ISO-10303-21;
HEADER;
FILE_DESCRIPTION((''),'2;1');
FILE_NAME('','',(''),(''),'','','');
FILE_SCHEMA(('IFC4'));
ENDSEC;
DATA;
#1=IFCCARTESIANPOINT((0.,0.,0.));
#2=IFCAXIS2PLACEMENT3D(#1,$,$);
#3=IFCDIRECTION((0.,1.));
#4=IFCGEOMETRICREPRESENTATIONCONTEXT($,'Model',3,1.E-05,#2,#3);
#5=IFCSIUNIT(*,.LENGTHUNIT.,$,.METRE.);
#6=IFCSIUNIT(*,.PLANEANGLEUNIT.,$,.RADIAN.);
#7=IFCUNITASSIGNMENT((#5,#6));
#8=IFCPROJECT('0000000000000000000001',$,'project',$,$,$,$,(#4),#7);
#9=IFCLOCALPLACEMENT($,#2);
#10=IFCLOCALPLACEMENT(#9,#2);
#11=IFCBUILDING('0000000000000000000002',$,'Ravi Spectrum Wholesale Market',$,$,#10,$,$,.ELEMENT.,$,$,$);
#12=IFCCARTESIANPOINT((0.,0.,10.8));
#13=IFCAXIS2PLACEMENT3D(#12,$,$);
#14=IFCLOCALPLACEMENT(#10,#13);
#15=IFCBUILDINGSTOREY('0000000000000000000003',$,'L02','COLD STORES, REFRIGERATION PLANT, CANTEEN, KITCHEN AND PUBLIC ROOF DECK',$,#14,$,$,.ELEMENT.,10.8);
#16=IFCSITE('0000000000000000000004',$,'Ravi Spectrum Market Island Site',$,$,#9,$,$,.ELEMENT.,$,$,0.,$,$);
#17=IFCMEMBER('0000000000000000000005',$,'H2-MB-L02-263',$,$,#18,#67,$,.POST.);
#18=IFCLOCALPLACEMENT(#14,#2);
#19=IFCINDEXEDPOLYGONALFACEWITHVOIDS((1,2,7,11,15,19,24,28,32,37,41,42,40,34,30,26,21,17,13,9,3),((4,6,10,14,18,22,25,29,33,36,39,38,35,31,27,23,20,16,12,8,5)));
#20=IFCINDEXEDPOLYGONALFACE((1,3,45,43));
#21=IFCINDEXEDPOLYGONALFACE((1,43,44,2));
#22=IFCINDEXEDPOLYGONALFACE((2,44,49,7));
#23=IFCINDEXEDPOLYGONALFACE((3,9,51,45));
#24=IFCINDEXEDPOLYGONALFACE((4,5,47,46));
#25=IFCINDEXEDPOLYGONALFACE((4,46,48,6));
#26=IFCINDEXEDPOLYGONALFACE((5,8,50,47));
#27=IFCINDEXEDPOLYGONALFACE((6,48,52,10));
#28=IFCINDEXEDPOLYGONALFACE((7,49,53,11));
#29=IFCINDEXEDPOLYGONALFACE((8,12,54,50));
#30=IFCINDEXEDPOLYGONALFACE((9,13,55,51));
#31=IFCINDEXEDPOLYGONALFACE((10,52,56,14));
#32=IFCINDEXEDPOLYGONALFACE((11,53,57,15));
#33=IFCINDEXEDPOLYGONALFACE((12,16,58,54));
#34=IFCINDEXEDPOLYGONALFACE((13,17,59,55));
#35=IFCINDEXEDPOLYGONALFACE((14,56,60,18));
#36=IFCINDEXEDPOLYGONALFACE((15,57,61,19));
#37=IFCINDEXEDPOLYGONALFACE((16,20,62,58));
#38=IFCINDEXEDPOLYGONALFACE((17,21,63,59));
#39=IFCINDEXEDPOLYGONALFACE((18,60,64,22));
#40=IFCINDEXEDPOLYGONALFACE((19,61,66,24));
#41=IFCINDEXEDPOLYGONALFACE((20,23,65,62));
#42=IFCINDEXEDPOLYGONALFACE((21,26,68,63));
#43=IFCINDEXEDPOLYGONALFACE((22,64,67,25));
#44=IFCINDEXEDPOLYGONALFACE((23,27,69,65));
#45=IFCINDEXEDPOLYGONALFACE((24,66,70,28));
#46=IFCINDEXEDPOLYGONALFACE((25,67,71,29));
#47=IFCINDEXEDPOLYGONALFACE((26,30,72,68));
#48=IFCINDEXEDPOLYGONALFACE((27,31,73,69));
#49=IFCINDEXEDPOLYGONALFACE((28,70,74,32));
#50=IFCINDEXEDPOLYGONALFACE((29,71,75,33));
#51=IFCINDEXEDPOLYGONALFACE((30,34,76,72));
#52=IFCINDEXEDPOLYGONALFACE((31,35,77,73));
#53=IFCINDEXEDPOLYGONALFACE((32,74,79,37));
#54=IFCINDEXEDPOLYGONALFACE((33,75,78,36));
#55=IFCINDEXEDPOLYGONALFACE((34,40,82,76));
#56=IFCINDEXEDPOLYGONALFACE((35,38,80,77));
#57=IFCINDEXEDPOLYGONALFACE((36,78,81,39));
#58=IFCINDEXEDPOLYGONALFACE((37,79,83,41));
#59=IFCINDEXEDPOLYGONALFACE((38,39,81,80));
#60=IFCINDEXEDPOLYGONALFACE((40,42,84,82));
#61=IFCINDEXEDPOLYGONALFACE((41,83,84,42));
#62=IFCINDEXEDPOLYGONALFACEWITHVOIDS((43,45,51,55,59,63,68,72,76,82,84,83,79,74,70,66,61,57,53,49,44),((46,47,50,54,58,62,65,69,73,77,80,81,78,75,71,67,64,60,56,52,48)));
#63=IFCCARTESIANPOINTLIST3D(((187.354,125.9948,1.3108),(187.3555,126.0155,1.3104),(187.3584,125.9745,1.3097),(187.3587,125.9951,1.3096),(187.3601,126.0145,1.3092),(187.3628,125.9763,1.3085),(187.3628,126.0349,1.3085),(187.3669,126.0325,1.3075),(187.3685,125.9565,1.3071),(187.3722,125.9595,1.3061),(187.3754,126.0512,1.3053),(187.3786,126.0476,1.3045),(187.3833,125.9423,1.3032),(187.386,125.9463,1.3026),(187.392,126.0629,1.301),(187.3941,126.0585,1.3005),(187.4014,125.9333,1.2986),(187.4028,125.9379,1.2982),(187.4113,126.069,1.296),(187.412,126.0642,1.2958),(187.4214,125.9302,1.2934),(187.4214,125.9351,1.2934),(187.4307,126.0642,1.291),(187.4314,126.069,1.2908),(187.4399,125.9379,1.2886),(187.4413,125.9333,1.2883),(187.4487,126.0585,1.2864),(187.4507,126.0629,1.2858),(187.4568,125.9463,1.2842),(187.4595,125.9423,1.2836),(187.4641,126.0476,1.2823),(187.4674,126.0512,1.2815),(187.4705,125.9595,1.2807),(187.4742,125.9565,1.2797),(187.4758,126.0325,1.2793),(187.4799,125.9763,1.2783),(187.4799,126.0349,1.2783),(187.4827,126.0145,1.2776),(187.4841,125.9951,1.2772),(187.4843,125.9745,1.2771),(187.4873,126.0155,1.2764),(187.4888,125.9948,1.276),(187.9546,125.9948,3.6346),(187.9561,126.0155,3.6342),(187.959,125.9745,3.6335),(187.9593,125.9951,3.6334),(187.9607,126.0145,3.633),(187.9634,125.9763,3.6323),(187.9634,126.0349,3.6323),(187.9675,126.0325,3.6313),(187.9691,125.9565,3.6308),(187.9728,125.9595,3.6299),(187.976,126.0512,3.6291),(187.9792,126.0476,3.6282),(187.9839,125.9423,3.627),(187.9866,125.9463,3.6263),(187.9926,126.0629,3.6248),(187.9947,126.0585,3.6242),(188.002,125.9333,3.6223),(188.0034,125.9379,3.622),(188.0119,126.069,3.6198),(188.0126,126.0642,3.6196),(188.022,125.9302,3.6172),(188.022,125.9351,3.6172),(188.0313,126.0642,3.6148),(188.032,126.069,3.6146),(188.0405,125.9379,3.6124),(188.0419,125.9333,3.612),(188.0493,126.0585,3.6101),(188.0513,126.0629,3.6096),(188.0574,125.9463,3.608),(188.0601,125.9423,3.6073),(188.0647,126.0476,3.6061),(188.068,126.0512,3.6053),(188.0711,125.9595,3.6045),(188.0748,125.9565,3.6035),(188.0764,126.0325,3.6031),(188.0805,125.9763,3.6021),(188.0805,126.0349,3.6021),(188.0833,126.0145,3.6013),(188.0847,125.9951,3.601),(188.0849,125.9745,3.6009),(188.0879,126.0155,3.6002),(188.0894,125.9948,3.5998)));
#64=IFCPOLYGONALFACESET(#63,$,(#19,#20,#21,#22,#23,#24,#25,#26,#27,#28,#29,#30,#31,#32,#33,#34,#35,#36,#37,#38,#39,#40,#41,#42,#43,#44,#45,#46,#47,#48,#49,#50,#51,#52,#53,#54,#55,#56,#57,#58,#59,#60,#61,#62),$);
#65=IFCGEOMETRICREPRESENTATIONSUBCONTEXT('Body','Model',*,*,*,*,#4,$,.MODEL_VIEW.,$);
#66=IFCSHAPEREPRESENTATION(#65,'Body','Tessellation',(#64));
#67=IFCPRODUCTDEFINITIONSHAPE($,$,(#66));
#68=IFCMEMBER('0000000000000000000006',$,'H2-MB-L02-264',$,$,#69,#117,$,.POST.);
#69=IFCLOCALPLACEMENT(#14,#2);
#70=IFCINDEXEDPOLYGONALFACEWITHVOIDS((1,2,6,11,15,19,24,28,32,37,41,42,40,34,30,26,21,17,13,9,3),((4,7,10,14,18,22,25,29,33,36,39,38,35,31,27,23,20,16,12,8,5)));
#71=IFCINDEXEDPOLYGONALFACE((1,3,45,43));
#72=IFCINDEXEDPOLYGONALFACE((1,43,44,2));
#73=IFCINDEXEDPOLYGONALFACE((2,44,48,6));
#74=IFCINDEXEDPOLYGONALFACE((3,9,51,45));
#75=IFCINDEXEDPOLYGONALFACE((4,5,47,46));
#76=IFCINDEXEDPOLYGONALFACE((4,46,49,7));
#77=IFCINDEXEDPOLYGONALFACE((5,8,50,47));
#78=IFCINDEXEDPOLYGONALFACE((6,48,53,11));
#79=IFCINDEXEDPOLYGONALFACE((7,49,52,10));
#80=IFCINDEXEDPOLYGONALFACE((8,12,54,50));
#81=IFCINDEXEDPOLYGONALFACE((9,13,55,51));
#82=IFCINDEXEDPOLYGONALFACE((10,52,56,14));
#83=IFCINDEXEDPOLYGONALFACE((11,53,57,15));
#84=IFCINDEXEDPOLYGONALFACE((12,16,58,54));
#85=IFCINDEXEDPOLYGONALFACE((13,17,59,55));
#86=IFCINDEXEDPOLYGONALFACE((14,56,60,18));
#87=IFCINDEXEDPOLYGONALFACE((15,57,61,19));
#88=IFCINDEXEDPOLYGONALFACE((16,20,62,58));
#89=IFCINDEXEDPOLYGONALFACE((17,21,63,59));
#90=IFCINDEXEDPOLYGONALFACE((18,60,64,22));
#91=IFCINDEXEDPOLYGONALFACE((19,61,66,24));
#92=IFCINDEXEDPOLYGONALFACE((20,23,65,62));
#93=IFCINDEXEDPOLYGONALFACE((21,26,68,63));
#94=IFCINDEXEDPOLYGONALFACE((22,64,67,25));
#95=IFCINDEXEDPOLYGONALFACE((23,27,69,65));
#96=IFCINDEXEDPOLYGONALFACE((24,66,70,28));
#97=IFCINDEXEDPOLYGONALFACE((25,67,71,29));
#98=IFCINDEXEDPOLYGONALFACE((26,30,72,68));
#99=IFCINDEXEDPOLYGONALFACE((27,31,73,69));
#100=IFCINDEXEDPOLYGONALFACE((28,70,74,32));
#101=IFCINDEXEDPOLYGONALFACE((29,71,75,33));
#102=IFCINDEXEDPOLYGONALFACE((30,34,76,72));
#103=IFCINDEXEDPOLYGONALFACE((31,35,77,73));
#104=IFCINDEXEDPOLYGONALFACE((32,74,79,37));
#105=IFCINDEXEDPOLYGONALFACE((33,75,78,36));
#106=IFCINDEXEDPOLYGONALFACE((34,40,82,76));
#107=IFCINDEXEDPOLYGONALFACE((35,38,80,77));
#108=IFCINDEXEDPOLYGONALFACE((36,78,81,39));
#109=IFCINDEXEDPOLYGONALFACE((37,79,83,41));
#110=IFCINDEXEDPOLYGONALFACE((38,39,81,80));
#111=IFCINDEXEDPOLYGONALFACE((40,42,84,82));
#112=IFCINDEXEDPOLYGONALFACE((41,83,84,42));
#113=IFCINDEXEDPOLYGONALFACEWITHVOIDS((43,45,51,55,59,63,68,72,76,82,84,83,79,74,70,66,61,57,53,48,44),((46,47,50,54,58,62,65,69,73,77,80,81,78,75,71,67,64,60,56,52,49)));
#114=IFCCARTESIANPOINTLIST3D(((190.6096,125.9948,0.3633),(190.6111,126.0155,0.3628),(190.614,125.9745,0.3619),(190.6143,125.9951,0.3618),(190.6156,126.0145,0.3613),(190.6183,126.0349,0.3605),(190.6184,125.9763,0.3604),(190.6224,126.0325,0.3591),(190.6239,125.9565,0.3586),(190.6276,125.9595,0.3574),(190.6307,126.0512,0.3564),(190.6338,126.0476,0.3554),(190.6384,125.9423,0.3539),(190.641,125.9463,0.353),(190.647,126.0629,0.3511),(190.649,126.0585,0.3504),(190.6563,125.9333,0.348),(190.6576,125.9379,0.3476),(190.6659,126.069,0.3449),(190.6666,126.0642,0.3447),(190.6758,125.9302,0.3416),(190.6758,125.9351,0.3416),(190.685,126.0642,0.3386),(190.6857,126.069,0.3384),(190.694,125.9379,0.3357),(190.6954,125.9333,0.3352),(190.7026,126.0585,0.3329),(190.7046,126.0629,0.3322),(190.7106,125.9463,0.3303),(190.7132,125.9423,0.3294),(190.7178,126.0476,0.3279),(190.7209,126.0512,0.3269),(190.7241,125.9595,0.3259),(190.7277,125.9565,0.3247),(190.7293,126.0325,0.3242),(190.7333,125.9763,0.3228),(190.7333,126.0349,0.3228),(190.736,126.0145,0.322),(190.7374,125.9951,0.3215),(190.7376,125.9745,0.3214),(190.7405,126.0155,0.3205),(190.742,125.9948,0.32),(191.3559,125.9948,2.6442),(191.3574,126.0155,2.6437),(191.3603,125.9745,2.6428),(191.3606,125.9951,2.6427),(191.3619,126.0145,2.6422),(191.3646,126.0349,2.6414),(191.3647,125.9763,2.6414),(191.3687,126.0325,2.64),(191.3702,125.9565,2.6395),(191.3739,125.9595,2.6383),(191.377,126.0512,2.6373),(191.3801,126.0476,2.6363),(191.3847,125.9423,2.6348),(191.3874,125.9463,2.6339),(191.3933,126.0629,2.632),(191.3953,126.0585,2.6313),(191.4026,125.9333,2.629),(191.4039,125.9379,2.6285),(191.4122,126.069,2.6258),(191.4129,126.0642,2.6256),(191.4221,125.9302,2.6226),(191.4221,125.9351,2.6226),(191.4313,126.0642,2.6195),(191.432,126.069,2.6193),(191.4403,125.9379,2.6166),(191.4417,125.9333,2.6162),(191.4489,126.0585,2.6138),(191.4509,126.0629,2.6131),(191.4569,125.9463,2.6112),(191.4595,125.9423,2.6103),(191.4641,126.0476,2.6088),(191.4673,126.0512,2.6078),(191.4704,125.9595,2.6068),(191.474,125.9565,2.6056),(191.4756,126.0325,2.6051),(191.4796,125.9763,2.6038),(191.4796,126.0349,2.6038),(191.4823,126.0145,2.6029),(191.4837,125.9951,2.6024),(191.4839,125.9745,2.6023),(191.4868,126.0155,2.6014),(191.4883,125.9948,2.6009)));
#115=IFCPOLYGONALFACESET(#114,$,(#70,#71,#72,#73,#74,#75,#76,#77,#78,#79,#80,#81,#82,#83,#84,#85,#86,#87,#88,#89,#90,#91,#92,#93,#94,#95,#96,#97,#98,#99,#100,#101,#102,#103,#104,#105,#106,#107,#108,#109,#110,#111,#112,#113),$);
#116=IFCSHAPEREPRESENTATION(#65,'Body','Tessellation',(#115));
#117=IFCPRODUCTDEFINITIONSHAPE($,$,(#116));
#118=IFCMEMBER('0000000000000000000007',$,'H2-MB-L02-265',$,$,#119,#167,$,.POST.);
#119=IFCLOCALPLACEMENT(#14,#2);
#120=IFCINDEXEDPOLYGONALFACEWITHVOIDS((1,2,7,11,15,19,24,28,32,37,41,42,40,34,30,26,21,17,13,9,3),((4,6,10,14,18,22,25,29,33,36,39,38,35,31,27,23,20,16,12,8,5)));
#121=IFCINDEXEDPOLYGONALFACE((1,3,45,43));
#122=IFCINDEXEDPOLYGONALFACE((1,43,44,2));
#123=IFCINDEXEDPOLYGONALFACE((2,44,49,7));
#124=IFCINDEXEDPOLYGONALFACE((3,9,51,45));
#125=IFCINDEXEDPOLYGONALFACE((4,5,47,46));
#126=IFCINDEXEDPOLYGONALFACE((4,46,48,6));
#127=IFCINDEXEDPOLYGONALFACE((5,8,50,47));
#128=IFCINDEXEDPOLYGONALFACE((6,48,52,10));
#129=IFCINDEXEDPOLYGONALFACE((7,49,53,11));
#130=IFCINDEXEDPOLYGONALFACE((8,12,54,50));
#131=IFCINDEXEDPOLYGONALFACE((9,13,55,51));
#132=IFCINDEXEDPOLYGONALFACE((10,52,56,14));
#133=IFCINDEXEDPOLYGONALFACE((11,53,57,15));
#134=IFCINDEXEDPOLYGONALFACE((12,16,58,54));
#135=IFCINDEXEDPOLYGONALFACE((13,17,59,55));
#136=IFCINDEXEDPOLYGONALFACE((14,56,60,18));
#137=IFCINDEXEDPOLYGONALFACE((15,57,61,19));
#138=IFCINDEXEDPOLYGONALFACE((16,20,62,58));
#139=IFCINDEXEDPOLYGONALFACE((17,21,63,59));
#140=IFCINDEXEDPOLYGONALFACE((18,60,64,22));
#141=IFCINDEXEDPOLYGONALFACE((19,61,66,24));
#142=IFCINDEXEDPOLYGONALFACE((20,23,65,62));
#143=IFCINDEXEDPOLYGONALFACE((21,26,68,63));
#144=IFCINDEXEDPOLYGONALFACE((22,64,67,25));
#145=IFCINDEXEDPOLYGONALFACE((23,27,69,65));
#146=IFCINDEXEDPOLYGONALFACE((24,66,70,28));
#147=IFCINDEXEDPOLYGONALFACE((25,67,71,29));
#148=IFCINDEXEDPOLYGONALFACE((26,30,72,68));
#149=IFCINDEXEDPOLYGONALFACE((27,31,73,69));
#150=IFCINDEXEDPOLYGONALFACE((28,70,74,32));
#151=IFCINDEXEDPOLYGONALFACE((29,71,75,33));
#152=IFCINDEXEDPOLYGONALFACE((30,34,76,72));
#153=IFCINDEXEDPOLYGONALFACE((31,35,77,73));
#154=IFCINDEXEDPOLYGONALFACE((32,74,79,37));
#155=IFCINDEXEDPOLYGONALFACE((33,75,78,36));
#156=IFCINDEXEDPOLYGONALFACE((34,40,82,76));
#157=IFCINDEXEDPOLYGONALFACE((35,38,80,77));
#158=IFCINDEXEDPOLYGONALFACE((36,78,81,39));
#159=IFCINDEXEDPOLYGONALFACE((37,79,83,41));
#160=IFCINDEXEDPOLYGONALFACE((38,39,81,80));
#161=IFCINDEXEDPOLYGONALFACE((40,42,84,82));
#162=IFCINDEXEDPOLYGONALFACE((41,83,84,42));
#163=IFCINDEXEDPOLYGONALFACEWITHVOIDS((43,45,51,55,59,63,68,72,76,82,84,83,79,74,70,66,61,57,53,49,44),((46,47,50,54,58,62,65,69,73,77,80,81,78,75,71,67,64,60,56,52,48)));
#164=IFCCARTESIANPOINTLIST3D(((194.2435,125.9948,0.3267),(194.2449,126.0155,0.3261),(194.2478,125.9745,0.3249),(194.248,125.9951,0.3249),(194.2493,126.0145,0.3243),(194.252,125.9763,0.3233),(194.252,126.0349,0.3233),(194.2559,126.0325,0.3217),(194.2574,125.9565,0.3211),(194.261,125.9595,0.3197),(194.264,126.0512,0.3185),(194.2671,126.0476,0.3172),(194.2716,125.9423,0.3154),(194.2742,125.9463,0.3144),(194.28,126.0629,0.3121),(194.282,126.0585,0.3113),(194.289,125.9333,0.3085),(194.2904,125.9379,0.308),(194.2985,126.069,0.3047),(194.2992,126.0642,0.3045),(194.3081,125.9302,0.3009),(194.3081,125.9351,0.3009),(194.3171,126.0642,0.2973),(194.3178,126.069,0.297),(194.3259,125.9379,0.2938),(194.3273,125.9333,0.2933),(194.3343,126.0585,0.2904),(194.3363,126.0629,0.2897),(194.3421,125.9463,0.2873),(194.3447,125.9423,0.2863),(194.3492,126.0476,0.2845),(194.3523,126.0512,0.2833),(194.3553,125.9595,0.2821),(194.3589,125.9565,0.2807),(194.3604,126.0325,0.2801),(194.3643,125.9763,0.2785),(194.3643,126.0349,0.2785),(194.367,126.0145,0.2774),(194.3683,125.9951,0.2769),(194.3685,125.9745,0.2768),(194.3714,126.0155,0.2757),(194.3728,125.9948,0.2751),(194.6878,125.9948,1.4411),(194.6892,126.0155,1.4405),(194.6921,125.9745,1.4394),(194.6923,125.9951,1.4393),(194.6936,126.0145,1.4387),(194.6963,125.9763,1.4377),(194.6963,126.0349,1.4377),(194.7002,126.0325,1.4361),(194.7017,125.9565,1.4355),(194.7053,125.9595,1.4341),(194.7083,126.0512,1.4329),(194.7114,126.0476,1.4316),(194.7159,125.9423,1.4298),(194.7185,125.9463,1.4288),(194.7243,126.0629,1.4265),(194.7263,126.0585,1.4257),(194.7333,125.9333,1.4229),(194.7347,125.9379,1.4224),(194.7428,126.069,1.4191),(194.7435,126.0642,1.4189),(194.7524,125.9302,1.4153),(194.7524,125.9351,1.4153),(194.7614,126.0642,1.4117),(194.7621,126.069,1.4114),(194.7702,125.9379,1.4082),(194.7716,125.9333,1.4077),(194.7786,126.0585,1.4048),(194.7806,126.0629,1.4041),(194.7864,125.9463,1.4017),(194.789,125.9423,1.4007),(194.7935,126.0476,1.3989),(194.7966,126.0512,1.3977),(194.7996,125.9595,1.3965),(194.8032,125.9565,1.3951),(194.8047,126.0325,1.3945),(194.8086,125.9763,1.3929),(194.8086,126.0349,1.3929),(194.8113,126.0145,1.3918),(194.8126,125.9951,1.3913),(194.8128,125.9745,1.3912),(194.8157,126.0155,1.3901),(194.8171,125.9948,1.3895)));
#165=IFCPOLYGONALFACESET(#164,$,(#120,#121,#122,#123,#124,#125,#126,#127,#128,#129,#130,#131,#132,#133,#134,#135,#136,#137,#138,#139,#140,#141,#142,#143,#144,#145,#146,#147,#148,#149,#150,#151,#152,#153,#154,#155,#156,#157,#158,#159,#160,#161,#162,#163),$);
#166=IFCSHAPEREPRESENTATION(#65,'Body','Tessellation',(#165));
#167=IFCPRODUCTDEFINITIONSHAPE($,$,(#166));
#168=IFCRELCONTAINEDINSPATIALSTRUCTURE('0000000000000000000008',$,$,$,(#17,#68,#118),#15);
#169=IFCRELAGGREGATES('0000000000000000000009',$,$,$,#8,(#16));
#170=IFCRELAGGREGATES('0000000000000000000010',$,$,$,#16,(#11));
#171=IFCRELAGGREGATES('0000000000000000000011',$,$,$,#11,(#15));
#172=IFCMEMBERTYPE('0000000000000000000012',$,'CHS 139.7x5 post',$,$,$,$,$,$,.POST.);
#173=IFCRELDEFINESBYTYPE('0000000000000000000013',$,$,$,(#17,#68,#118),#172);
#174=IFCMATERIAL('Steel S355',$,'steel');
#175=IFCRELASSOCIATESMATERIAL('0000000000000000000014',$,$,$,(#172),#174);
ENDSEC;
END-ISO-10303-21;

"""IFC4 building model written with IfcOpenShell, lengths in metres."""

from ifc_helpers import new_model, si_unit, direction, frame, origin, origin_2d, place, context, subcontext, project, spatial, hollow_circle, extrude, material, material_profile, profile_set, type_object, element, save


model = new_model("IFC4")

# Units and contexts
model_context = context("Model", 3, precision=1e-05, world=origin(), true_north=direction((0.0, 1.0)))
body_context = subcontext(model_context, "Body", "Model", "MODEL_VIEW")
ifc_project = project(units=[si_unit("LENGTHUNIT", "METRE"), si_unit("PLANEANGLEUNIT", "RADIAN")], contexts=[model_context])

# Site, building, storey
site_placement = place(None, origin())
site = spatial("IfcSite", under=ifc_project, at=site_placement, Name="Ravi Spectrum Market Island Site", CompositionType="ELEMENT", RefElevation=0.0)
building_placement = place(site_placement, origin())
building = spatial("IfcBuilding", under=site, at=building_placement, Name="Ravi Spectrum Wholesale Market", CompositionType="ELEMENT")
storey_placement = place(building_placement, frame((0.0, 0.0, 10.8)))
storey = spatial("IfcBuildingStorey", under=building, at=storey_placement, Name="L02", Description="COLD STORES, REFRIGERATION PLANT, CANTEEN, KITCHEN AND PUBLIC ROOF DECK", CompositionType="ELEMENT", Elevation=10.8)

# Members
ifc_material_1 = material(Name="Steel S355", Category="steel")
ifc_material_profile_1 = material_profile(ifc_material_1, hollow_circle(Radius=0.0698, WallThickness=0.0049, at=origin_2d()))
ifc_profile_set_1 = profile_set([ifc_material_profile_1], Name="Steel S355")
member_type_1 = type_object("IfcMemberType", Name="CHS 139.7x5 post", PredefinedType="POST", material=ifc_profile_set_1)
member_1_placement = place(storey_placement, frame((188.022, 126.0, 3.6172), z_axis=(-0.250235, 0.0, -0.968185), x_axis=(0.0, -1.0, 0.0)))
element("IfcMember", 1, at=member_1_placement, inside=storey, type_object=member_type_1, Name="H2-MB-L02-263", PredefinedType="POST", context=body_context, shape_type="SweptSolid", body=[
    extrude(hollow_circle(Radius=0.0698, WallThickness=0.0049, at=origin_2d()), origin(), (0.0, 0.0, 1.0), 2.4001),
])
member_2_placement = place(storey_placement, frame((191.4221, 126.0, 2.6226), z_axis=(-0.310974, 0.0, -0.950418), x_axis=(0.0, -1.0, 0.0)))
element("IfcMember", 2, at=member_2_placement, inside=storey, type_object=member_type_1, Name="H2-MB-L02-264", PredefinedType="POST", context=body_context, shape_type="SweptSolid", body=[
    extrude(hollow_circle(Radius=0.0698, WallThickness=0.0049, at=origin_2d()), origin(), (0.0, 0.0, 1.0), 2.3999),
])
member_3_placement = place(storey_placement, frame((194.7524, 126.0, 1.4153), z_axis=(-0.370338, 0.0, -0.928897), x_axis=(0.0, -1.0, 0.0)))
element("IfcMember", 3, at=member_3_placement, inside=storey, type_object=member_type_1, Name="H2-MB-L02-265", PredefinedType="POST", context=body_context, shape_type="SweptSolid", body=[
    extrude(hollow_circle(Radius=0.0698, WallThickness=0.0049, at=origin_2d()), origin(), (0.0, 0.0, 1.0), 1.1997),
])

save(model, "model.ifc")
